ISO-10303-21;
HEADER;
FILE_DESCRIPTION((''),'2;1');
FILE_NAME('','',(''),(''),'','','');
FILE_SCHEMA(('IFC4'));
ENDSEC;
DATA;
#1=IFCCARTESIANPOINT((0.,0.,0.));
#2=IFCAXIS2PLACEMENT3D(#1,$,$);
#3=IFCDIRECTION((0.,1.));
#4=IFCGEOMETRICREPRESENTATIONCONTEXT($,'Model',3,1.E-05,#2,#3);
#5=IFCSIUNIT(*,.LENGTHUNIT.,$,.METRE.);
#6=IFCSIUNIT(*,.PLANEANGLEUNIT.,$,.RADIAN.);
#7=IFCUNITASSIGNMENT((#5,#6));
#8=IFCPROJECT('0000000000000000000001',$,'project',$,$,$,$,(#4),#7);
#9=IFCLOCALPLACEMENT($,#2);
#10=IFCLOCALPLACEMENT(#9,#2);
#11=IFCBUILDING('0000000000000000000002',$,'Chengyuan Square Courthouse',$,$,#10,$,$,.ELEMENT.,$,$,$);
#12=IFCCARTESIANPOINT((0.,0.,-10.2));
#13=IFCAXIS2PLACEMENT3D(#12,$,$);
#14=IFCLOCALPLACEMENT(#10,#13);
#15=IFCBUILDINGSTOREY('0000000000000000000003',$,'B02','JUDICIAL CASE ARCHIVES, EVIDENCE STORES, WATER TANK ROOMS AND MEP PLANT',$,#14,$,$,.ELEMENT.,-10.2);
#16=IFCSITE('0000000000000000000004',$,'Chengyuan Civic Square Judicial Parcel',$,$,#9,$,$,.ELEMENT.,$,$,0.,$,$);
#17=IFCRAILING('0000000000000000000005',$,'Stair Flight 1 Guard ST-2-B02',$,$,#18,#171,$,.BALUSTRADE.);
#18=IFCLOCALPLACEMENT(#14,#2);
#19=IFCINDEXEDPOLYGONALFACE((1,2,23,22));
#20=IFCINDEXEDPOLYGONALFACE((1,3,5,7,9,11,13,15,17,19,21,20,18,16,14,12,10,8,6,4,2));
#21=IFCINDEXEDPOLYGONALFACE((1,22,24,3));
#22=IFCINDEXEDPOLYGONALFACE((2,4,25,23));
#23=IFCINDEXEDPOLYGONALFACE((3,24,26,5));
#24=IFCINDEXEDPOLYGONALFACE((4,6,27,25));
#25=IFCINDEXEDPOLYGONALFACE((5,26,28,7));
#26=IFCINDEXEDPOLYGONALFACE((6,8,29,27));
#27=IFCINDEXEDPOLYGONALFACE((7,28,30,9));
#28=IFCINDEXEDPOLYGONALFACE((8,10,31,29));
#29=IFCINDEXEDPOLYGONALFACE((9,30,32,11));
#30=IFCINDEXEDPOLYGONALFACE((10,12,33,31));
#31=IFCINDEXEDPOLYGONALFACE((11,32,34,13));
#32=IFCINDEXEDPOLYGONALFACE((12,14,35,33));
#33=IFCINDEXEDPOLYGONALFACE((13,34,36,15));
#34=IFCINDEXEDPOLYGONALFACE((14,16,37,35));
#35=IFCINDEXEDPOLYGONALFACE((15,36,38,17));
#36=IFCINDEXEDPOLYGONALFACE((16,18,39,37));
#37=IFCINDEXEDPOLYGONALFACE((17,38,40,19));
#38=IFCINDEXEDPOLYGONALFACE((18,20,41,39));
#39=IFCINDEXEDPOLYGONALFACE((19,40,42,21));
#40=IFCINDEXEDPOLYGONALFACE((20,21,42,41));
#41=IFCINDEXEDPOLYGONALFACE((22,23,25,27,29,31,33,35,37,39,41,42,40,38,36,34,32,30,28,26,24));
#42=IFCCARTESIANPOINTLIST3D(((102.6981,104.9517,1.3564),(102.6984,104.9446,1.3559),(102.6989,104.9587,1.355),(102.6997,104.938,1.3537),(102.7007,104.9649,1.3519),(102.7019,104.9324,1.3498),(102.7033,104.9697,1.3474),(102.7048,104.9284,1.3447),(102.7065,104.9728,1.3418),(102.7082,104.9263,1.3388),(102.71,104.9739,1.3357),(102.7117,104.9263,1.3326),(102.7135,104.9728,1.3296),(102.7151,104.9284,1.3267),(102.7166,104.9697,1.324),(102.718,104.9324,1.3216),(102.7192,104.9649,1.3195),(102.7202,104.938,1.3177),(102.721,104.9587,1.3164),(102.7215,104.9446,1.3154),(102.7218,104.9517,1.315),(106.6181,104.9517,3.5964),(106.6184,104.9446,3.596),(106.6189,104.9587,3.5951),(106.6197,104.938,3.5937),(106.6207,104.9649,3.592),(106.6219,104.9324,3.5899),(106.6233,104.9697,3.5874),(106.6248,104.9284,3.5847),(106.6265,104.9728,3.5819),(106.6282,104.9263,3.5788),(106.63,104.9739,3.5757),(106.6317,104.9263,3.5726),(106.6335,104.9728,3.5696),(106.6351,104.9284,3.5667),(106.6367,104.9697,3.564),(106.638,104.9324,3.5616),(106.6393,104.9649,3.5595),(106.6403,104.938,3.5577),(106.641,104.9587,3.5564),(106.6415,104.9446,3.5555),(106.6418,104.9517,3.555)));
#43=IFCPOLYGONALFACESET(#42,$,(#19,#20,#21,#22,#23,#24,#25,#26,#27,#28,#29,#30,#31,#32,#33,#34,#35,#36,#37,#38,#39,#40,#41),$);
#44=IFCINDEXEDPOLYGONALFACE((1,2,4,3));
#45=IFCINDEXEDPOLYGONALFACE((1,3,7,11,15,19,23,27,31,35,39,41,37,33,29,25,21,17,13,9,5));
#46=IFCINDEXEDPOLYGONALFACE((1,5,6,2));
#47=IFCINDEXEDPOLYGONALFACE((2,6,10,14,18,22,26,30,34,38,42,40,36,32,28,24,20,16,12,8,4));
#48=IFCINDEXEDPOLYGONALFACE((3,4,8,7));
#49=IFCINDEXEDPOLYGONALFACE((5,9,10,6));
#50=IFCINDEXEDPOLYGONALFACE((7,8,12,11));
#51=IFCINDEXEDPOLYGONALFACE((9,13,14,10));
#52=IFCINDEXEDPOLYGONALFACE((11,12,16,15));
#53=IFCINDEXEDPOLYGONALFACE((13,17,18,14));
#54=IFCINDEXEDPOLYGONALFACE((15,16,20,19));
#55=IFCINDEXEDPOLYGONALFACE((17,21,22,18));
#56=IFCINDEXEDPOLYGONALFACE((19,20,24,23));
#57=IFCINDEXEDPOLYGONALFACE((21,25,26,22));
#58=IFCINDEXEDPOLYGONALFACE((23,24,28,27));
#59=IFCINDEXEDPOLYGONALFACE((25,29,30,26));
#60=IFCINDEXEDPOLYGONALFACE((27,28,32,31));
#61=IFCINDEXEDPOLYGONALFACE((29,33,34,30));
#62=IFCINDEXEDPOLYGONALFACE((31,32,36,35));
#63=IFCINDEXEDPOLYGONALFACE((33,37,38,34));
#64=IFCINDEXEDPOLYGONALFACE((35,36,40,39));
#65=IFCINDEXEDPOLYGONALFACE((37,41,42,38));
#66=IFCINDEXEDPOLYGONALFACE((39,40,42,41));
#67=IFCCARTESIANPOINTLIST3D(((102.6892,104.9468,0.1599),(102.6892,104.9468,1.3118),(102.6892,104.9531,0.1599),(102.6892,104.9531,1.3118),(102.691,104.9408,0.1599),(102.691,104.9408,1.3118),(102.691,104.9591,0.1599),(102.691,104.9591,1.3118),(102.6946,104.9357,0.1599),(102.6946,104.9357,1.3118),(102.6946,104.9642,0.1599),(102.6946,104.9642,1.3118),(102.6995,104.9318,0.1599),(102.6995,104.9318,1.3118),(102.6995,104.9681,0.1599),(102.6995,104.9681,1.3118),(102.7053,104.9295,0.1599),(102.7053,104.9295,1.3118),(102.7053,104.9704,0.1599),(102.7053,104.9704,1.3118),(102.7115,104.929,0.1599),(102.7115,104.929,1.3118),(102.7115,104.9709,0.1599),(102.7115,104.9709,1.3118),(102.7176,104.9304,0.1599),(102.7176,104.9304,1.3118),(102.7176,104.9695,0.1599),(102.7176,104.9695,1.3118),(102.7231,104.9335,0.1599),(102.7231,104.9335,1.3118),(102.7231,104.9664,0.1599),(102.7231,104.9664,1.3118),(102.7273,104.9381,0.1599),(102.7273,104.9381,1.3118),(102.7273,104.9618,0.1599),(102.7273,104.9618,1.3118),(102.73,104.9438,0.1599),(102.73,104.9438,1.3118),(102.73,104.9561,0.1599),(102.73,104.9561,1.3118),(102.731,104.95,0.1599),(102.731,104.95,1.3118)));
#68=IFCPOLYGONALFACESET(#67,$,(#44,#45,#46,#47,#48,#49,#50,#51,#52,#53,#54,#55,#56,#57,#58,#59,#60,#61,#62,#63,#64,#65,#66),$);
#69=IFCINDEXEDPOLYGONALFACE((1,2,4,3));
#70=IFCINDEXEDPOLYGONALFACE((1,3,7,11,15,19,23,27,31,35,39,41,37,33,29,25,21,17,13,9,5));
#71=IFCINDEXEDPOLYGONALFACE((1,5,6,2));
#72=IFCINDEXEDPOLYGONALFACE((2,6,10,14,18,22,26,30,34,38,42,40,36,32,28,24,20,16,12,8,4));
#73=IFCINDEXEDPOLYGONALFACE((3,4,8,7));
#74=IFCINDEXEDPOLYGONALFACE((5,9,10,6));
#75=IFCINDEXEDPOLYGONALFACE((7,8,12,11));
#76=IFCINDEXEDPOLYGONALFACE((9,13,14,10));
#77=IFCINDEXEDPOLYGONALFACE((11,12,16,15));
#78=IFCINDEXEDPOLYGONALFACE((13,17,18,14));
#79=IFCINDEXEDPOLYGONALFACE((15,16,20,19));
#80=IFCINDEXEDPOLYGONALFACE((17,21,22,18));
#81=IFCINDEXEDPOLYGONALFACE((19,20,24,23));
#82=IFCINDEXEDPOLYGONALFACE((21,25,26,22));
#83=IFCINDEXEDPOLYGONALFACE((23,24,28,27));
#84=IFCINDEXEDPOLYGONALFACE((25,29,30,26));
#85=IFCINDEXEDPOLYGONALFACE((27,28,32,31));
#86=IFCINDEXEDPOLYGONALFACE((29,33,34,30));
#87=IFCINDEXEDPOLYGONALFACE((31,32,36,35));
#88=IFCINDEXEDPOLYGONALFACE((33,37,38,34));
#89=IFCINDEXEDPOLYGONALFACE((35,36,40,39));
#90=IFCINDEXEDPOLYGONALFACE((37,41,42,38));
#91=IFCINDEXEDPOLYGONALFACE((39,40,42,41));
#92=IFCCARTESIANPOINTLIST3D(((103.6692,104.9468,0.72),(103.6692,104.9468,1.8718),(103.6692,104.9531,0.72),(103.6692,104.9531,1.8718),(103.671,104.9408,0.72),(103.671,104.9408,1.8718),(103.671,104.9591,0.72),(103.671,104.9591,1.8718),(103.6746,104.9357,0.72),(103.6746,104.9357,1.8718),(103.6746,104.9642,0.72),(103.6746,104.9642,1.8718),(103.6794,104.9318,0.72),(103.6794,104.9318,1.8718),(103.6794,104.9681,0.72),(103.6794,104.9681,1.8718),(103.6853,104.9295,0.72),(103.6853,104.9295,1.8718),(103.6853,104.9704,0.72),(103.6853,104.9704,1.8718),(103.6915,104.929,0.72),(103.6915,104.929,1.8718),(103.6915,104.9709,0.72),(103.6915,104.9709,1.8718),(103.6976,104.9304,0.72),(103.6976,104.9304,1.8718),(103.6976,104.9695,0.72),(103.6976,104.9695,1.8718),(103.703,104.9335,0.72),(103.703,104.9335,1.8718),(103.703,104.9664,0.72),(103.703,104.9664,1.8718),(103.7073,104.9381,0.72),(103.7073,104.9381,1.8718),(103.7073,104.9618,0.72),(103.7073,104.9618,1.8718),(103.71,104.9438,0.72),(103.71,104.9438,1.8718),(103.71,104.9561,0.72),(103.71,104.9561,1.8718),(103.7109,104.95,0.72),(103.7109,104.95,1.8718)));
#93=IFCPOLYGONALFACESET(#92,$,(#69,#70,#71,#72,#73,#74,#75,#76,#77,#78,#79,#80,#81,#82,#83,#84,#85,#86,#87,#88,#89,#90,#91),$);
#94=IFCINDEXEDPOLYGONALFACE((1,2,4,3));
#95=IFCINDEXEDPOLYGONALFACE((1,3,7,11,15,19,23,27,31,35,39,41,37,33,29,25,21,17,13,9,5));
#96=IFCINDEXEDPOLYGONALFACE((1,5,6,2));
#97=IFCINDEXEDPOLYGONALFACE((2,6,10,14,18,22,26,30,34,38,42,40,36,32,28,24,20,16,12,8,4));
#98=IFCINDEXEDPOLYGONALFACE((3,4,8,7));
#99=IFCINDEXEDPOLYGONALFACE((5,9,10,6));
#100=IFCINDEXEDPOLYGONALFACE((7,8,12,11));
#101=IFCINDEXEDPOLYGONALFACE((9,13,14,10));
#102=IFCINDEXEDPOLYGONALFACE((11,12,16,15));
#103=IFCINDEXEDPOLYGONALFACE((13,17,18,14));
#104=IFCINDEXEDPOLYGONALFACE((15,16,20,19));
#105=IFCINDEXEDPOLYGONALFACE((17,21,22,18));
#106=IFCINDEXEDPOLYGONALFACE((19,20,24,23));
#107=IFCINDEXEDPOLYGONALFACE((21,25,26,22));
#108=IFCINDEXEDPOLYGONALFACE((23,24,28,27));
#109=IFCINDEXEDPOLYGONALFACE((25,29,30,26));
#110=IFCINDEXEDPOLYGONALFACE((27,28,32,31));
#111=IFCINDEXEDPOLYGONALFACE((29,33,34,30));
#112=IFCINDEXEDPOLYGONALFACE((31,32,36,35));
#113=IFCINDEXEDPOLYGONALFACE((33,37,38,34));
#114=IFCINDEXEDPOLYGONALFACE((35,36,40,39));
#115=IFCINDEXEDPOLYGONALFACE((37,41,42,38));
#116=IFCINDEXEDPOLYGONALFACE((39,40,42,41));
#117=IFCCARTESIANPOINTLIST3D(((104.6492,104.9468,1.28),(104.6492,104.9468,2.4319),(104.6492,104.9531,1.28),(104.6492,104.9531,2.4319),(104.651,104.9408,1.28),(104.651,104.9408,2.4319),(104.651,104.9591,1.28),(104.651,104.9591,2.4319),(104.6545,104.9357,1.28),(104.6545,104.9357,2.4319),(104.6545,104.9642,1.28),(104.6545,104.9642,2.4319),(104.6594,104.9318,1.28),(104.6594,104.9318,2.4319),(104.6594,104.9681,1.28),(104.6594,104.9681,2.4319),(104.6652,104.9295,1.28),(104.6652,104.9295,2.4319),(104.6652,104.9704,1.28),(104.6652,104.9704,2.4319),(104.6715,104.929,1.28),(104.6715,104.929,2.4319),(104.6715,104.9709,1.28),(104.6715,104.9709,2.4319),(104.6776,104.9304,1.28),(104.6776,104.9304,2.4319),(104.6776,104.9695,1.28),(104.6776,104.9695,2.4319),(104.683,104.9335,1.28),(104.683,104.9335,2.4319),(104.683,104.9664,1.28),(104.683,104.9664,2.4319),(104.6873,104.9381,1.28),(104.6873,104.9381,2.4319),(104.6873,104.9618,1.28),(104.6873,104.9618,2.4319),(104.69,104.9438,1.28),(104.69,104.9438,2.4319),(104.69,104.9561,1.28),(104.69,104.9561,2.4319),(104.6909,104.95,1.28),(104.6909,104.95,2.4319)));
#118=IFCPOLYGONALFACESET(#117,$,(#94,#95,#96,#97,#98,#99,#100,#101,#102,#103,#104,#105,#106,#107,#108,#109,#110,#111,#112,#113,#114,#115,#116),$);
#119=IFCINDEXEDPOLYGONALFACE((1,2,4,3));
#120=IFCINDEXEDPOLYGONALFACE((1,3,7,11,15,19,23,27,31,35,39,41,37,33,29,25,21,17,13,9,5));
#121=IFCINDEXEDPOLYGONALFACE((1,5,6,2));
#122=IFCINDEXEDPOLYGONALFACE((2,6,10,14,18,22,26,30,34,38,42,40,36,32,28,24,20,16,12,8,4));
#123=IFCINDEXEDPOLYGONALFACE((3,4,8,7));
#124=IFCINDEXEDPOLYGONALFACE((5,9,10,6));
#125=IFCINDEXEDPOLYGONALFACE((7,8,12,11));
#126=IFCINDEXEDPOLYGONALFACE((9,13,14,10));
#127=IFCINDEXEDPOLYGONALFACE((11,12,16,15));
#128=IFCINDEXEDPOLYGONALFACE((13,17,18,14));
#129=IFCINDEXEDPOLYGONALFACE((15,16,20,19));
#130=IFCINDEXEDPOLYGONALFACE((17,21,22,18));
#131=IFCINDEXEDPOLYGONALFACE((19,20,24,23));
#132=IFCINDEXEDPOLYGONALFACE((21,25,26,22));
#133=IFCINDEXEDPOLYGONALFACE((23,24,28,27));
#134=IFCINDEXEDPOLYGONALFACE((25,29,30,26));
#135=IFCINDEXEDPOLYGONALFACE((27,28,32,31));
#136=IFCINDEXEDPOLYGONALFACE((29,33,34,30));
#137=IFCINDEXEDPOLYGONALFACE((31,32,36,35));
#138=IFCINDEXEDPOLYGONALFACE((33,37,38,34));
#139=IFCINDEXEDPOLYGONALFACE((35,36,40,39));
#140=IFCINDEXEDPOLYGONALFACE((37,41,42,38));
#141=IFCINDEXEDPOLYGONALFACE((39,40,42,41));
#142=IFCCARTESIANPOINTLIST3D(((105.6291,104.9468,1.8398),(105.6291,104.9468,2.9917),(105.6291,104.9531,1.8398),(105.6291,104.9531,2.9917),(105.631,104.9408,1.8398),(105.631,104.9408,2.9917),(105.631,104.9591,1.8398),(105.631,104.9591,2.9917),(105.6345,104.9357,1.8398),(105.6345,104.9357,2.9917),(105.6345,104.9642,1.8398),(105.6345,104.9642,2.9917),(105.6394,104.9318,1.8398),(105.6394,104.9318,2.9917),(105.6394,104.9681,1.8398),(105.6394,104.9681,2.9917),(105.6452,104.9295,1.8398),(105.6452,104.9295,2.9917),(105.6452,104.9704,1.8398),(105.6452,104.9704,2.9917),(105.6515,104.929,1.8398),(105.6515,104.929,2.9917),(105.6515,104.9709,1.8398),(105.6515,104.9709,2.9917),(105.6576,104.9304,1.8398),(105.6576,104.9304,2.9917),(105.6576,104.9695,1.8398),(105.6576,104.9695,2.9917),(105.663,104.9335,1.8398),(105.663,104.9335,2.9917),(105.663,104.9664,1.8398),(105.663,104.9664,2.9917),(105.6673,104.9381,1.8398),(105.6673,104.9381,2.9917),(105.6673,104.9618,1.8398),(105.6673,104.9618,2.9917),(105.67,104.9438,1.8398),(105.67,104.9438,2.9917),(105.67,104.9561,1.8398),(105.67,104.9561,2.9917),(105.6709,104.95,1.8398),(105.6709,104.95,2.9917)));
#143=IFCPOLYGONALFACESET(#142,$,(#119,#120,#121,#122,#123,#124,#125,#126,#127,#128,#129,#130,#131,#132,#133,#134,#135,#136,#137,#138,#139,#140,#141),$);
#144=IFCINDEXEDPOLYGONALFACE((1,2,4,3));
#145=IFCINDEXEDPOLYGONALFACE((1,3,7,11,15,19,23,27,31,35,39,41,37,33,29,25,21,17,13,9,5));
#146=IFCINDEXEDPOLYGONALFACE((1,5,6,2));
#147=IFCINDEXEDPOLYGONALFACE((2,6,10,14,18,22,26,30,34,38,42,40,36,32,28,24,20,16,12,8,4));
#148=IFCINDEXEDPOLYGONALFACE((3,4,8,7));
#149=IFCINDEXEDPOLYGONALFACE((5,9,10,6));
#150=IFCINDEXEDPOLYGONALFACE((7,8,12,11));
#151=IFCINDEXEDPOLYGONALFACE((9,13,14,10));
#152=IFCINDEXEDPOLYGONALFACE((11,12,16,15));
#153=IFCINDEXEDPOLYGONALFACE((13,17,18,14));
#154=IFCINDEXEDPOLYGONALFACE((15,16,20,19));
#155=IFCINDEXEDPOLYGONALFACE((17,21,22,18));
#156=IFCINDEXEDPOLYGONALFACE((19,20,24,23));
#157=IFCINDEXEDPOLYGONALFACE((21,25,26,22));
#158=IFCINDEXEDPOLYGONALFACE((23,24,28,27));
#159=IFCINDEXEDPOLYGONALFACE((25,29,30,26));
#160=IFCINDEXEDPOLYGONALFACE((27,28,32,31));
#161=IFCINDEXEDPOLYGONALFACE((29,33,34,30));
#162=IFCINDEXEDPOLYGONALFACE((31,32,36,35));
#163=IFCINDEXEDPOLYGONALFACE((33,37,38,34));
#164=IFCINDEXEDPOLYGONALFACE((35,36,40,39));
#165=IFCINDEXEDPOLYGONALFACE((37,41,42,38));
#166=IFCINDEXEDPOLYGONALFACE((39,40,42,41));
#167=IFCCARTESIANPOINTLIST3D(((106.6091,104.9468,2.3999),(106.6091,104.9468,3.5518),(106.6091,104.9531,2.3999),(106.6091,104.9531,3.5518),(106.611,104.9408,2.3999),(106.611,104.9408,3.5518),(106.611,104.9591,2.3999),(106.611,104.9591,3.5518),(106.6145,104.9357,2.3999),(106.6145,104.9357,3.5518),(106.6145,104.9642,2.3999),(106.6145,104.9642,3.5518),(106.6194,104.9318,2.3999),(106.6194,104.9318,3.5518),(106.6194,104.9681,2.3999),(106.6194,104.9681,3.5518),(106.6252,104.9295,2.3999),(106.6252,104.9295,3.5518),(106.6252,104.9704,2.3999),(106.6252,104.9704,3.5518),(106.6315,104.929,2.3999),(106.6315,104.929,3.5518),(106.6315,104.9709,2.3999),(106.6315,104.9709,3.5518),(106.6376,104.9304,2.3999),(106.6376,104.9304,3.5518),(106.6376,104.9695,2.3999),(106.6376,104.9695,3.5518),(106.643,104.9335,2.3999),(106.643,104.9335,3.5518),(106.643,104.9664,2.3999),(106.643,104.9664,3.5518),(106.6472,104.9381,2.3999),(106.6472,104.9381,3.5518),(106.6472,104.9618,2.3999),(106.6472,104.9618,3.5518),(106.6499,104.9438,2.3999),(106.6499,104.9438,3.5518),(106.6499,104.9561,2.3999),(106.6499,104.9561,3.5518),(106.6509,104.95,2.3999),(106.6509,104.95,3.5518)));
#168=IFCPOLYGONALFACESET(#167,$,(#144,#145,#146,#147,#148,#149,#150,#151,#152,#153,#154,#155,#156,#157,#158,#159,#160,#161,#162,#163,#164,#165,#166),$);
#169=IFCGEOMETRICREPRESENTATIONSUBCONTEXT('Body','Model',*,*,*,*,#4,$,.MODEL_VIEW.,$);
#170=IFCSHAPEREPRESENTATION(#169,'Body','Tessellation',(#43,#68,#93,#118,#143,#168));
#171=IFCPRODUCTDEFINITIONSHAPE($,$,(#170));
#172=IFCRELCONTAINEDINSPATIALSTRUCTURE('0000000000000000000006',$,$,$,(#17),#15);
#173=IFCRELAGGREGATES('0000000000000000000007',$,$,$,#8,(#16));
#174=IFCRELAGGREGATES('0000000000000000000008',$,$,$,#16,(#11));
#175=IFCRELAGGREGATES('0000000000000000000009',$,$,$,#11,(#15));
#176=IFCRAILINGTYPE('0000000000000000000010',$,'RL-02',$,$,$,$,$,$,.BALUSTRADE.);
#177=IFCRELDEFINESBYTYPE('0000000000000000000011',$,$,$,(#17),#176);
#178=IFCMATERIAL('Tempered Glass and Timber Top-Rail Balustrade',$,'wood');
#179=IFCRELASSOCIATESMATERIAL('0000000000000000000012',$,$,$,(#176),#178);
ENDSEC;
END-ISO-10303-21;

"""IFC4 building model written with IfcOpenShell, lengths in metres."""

from ifc_helpers import new_model, si_unit, direction, frame, origin, origin_2d, place, context, subcontext, project, spatial, circle, extrude, material, type_object, element, save


model = new_model("IFC4")

# Units and contexts
model_context = context("Model", 3, precision=1e-05, world=origin(), true_north=direction((0.0, 1.0)))
body_context = subcontext(model_context, "Body", "Model", "MODEL_VIEW")
ifc_project = project(units=[si_unit("LENGTHUNIT", "METRE"), si_unit("PLANEANGLEUNIT", "RADIAN")], contexts=[model_context])

# Site, building, storey
site_placement = place(None, origin())
site = spatial("IfcSite", under=ifc_project, at=site_placement, Name="Chengyuan Civic Square Judicial Parcel", CompositionType="ELEMENT", RefElevation=0.0)
building_placement = place(site_placement, origin())
building = spatial("IfcBuilding", under=site, at=building_placement, Name="Chengyuan Square Courthouse", CompositionType="ELEMENT")
storey_placement = place(building_placement, frame((0.0, 0.0, -10.2)))
storey = spatial("IfcBuildingStorey", under=building, at=storey_placement, Name="B02", Description="JUDICIAL CASE ARCHIVES, EVIDENCE STORES, WATER TANK ROOMS AND MEP PLANT", CompositionType="ELEMENT", Elevation=-10.2)

# Railing
ifc_material_1 = material(Name="Tempered Glass and Timber Top-Rail Balustrade", Category="wood")
railing_type_1 = type_object("IfcRailingType", Name="RL-02", PredefinedType="BALUSTRADE", material=ifc_material_1)
railing_1_placement = place(storey_placement, frame((102.71, 104.95, 0.1599)))
element("IfcRailing", 1, at=railing_1_placement, inside=storey, type_object=railing_type_1, Name="Stair Flight 1 Guard ST-2-B02", PredefinedType="BALUSTRADE", context=body_context, shape_type="SweptSolid", body=[
    extrude(circle(Radius=0.0239, at=origin_2d()), frame((0.0, 0.0, 1.1758), z_axis=(0.86824, 0.0, 0.496145), x_axis=(0.0, 1.0, 0.0)), (0.0, 0.0, 1.0), 4.5149),
    extrude(circle(Radius=0.021, at=origin_2d()), origin(), (0.0, 0.0, 1.0), 1.1519),
    extrude(circle(Radius=0.021, at=origin_2d()), frame((0.98, 0.0, 0.5601)), (0.0, 0.0, 1.0), 1.1519),
    extrude(circle(Radius=0.021, at=origin_2d()), frame((1.96, 0.0, 1.1201)), (0.0, 0.0, 1.0), 1.1519),
    extrude(circle(Radius=0.021, at=origin_2d()), frame((2.9399, 0.0, 1.6799)), (0.0, 0.0, 1.0), 1.1519),
    extrude(circle(Radius=0.021, at=origin_2d()), frame((3.9199, 0.0, 2.24)), (0.0, 0.0, 1.0), 1.1519),
])

save(model, "model.ifc")
